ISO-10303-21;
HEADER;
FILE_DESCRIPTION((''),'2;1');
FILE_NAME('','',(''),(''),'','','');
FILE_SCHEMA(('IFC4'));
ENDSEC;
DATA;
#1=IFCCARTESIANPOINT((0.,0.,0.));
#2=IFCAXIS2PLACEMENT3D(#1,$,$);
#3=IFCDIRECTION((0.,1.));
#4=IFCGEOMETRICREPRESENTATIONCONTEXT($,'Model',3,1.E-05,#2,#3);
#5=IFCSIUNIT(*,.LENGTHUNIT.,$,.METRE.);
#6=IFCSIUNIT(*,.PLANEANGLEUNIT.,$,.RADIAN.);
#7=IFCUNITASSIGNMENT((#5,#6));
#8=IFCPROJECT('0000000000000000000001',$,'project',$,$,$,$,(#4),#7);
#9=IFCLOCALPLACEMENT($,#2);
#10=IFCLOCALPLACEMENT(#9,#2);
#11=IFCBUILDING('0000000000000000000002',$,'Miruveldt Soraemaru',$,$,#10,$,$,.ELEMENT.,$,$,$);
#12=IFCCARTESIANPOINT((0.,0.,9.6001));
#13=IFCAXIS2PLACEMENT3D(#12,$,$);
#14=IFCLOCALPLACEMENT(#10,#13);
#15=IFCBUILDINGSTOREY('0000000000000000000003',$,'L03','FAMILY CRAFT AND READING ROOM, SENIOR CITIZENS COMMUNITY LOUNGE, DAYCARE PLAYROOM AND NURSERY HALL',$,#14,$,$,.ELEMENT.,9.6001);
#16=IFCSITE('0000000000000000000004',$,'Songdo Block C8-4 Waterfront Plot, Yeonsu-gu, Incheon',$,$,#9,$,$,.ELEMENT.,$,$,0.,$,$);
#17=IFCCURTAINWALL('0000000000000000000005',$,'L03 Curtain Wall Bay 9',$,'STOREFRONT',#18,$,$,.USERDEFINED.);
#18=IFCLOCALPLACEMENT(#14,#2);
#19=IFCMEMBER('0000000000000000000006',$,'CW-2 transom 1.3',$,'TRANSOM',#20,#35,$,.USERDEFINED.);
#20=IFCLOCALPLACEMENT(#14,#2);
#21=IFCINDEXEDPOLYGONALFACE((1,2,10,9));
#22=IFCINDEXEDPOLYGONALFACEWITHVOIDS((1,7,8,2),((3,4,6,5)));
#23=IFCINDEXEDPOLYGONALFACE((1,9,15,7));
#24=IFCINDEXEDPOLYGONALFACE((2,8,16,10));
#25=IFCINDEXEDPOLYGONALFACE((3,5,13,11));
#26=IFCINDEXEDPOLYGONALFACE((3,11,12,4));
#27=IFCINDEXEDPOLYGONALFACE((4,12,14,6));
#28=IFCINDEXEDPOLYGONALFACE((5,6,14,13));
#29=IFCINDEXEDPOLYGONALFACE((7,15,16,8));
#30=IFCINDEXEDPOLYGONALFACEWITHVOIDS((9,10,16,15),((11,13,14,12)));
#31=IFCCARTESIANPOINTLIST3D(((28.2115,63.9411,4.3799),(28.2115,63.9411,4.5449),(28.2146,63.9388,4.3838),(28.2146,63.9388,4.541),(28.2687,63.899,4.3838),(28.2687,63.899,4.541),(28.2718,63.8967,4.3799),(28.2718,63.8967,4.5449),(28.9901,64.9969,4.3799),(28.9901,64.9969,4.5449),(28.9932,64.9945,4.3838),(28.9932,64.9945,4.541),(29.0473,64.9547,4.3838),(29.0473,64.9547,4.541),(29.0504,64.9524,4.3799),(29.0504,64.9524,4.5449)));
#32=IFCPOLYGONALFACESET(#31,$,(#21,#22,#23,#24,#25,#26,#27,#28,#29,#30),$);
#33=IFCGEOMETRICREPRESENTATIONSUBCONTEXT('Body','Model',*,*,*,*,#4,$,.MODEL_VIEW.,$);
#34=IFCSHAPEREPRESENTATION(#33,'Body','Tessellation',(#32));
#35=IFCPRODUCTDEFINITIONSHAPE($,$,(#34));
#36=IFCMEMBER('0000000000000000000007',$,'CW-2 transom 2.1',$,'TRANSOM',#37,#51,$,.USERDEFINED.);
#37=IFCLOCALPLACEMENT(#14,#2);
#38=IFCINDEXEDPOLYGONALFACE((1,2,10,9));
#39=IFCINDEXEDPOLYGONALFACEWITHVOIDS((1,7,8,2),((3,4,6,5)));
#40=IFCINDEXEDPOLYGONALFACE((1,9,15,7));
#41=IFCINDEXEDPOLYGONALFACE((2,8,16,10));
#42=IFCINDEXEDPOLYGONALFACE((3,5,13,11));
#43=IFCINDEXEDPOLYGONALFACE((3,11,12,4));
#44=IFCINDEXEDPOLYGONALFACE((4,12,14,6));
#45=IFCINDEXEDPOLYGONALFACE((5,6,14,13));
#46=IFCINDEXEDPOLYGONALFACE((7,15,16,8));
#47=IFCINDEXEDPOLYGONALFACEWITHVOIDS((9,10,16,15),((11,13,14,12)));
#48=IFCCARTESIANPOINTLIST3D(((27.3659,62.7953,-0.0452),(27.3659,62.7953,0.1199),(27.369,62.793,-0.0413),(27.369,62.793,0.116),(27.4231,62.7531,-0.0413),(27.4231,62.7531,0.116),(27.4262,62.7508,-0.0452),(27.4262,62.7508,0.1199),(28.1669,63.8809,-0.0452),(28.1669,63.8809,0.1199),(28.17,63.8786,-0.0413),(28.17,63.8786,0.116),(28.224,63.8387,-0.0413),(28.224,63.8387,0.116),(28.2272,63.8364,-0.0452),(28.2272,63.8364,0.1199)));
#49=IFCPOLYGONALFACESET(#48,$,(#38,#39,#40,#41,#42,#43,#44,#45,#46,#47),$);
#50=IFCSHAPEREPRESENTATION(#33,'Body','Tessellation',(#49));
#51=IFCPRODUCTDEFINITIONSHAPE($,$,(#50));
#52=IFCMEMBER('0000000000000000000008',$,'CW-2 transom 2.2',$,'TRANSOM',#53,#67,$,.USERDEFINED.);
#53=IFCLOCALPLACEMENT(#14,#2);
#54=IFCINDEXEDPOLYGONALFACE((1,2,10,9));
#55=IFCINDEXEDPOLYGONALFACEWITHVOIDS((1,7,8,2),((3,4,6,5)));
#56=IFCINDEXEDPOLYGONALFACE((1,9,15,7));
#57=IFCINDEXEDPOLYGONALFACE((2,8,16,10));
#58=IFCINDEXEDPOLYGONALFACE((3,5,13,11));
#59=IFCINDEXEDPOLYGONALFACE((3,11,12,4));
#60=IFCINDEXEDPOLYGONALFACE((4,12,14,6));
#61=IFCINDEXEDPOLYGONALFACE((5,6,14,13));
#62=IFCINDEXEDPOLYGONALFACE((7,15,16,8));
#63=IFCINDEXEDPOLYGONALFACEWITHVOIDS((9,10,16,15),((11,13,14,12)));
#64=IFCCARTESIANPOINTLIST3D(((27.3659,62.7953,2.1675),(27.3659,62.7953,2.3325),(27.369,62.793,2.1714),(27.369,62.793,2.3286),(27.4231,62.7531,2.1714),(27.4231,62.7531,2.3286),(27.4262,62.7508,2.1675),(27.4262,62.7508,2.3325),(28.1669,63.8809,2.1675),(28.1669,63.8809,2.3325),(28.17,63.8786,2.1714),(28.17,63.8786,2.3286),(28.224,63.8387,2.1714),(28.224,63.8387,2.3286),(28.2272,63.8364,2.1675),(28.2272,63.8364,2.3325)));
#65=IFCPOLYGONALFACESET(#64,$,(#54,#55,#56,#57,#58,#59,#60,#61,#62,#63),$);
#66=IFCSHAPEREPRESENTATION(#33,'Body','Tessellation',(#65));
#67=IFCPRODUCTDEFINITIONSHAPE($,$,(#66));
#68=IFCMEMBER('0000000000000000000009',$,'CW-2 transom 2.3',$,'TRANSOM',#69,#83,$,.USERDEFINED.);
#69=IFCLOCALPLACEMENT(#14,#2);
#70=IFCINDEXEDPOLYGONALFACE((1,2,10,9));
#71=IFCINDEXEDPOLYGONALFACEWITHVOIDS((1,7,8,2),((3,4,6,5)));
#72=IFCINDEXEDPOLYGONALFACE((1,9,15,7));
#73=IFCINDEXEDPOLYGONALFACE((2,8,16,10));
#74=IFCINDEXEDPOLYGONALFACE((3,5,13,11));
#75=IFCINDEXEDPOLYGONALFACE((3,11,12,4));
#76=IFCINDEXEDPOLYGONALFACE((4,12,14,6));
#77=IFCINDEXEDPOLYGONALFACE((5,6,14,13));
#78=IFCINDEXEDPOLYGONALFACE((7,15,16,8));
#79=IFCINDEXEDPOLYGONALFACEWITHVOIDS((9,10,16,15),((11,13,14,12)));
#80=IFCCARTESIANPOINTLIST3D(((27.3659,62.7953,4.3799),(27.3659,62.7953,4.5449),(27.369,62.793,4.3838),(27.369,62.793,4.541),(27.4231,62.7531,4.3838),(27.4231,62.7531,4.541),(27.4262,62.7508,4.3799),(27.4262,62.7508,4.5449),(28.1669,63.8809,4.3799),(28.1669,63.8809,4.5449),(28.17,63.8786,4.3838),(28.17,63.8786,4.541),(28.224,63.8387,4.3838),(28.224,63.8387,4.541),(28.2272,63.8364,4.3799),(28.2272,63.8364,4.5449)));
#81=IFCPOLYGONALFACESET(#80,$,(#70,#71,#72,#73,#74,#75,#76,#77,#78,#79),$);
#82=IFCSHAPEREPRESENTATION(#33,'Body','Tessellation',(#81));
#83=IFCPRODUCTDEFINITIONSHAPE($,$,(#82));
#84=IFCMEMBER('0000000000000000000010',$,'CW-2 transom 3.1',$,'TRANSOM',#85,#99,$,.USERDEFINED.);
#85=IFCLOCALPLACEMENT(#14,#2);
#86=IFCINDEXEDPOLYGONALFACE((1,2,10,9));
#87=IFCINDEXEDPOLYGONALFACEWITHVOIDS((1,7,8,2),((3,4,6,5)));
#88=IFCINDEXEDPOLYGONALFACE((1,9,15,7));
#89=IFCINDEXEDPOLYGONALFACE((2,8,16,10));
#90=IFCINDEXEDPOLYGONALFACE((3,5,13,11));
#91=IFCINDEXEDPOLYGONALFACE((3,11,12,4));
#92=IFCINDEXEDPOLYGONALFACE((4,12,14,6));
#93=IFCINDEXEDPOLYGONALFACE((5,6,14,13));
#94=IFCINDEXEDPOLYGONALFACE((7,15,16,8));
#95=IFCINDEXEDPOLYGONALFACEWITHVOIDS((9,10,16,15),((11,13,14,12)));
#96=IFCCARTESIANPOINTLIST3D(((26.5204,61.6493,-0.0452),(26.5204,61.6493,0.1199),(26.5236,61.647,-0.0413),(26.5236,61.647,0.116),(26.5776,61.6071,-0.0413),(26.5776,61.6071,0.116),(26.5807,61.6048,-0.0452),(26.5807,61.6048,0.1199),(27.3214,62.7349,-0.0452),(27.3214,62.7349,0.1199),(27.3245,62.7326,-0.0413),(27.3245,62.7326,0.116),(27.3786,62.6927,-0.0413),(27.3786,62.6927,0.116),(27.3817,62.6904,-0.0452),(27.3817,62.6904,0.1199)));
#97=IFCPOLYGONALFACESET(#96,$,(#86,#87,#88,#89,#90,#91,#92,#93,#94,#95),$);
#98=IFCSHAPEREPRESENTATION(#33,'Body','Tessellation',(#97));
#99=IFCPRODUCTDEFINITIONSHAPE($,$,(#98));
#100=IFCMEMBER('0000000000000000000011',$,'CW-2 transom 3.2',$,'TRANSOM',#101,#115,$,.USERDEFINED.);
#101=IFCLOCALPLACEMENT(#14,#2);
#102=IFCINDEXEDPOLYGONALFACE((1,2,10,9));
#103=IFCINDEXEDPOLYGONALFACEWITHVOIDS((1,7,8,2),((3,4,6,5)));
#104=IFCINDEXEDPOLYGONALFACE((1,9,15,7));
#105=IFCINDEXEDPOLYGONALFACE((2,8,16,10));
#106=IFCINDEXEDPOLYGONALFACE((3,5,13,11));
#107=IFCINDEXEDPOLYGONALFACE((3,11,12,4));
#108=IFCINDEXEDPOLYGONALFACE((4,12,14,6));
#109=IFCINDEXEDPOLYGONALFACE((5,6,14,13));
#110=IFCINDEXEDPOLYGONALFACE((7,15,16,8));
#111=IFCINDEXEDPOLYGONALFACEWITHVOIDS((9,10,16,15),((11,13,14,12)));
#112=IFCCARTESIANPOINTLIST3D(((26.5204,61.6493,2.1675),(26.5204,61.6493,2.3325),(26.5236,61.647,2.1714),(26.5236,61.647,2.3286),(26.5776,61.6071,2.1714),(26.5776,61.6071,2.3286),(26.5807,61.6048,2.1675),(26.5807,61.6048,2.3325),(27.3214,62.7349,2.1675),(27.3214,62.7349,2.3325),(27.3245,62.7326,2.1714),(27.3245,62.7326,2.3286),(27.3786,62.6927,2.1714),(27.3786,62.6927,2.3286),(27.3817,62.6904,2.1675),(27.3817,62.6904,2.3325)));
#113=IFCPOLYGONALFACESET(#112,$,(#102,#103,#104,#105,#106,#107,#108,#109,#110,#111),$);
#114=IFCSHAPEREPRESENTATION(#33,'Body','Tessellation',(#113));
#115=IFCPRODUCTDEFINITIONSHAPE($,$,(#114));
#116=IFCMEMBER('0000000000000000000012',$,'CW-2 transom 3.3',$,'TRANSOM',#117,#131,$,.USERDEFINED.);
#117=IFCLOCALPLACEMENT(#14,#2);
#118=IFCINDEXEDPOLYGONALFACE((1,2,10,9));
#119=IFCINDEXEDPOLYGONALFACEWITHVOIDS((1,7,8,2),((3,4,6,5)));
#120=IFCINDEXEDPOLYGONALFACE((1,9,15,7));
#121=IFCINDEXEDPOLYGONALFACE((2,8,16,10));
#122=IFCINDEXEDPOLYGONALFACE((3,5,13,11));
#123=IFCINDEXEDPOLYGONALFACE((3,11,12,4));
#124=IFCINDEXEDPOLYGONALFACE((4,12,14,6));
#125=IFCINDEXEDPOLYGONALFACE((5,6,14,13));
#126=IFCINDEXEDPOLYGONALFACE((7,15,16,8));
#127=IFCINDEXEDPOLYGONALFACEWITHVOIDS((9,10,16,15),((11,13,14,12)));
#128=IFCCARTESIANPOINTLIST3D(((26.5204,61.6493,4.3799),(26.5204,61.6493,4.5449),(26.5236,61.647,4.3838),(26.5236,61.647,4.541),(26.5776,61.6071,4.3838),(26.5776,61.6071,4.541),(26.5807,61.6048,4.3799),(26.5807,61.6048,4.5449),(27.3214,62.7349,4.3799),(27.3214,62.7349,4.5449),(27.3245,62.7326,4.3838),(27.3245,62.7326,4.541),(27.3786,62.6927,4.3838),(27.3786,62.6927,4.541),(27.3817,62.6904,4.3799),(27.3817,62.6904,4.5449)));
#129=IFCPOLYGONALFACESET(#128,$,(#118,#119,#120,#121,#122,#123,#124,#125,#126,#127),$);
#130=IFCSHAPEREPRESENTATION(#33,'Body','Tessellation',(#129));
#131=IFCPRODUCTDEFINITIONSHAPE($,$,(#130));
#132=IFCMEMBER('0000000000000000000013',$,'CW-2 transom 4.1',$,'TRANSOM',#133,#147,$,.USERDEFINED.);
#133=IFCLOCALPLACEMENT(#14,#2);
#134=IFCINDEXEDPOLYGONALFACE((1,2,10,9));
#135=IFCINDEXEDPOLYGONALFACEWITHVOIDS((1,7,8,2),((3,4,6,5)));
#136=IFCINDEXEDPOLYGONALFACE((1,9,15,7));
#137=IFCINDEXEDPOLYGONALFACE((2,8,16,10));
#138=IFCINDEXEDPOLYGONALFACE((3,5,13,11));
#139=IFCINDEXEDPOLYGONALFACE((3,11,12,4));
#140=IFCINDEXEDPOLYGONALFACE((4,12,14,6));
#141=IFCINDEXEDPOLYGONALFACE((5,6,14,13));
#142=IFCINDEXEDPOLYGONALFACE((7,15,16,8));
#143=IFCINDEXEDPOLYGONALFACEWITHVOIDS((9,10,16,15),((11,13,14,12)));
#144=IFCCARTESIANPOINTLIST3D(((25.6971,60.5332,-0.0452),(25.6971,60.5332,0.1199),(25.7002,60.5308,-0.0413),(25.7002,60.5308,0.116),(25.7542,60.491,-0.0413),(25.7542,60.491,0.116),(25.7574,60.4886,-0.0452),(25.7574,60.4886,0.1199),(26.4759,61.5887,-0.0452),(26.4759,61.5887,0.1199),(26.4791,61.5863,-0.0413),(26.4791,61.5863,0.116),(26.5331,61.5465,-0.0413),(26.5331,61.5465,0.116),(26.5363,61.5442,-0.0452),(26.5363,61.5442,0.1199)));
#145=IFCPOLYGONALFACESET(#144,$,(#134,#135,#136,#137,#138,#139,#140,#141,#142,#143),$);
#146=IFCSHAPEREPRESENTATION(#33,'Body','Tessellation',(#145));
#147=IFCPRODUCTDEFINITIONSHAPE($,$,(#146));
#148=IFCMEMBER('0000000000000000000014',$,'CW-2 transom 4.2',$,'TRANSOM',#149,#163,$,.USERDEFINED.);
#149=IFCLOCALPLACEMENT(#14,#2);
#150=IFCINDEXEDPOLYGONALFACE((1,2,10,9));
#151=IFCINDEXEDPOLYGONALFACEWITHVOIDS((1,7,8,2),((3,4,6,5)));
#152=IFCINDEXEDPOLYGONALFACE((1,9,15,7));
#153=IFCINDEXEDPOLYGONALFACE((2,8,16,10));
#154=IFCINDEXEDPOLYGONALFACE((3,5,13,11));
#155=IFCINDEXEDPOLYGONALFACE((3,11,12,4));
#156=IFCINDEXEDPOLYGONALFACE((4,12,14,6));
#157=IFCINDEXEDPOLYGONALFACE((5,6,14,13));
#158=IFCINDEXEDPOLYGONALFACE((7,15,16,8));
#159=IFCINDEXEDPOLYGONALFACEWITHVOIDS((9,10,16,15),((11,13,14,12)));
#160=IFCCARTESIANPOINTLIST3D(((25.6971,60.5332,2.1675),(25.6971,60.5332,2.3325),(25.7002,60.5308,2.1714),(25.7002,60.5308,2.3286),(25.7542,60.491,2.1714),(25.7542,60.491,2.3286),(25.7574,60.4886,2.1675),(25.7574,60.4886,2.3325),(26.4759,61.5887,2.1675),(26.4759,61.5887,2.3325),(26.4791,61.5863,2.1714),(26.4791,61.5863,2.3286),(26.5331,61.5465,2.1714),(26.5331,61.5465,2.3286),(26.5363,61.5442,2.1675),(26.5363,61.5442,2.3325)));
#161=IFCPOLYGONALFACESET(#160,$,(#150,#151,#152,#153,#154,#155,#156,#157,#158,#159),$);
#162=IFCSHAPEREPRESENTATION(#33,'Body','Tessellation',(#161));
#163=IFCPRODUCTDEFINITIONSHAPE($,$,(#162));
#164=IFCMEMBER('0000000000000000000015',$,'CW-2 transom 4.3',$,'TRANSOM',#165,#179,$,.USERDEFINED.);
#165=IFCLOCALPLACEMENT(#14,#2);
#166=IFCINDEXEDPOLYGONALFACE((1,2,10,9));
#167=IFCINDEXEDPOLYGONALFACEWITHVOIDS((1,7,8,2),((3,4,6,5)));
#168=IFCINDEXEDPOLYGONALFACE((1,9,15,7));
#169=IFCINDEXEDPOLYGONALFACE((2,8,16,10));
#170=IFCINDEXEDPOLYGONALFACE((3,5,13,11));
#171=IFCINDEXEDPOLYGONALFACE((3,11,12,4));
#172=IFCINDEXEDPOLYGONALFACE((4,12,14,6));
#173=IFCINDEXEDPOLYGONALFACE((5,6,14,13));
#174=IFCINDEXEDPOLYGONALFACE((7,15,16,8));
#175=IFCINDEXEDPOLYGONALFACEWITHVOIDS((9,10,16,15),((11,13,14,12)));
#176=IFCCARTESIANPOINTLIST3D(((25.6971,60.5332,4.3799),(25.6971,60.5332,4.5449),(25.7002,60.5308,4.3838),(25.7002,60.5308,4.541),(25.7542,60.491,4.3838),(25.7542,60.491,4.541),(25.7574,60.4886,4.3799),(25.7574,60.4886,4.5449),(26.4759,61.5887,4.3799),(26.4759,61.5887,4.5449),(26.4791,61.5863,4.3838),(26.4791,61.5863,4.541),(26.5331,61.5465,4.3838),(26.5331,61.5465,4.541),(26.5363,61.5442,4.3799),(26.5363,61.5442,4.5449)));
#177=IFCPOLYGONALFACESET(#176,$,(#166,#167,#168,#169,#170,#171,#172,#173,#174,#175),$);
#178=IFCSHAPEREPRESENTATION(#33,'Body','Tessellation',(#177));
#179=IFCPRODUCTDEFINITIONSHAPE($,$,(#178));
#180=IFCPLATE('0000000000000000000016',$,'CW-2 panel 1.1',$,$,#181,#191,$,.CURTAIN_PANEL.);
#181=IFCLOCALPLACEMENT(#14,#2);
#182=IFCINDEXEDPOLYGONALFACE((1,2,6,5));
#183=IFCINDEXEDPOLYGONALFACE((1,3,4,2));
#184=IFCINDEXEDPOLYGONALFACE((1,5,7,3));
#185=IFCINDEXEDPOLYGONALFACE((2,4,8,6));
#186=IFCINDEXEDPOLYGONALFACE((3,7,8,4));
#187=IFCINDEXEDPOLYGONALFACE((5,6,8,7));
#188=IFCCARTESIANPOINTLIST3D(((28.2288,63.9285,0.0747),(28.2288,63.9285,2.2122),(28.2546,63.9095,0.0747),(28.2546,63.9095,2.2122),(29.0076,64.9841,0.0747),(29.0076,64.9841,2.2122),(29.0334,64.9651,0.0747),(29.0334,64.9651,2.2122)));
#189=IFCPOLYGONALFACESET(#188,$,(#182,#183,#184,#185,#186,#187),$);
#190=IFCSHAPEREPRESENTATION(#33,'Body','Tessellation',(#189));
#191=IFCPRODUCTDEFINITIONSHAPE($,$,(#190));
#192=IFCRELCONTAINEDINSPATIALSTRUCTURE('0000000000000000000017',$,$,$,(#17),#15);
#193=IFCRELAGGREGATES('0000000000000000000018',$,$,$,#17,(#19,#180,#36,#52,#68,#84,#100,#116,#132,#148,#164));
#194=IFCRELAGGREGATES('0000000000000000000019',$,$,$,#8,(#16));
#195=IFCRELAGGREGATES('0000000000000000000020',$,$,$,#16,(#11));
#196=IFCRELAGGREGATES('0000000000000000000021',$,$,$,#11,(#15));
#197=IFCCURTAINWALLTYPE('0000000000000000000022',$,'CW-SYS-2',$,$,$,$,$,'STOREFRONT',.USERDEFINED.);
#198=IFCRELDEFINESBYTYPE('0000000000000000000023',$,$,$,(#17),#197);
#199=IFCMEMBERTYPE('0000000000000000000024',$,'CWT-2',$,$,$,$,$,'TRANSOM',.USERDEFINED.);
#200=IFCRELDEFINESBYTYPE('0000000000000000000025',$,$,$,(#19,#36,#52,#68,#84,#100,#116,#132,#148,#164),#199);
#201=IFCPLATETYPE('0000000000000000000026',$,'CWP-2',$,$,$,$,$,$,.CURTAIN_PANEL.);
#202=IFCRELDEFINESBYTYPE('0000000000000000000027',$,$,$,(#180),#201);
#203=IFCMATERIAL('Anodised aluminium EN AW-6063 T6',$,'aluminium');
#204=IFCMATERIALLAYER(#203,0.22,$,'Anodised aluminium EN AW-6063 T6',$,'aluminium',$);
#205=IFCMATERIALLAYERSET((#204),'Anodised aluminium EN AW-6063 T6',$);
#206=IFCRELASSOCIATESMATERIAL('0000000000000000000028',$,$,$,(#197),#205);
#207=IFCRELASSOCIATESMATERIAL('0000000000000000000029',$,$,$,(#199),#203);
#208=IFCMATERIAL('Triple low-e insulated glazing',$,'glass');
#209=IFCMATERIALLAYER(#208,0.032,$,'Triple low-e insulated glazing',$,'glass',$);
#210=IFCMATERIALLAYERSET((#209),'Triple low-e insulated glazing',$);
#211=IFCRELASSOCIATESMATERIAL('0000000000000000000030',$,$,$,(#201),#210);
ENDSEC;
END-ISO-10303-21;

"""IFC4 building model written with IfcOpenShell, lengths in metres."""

from ifc_helpers import new_model, si_unit, direction, frame, origin, origin_2d, place, context, subcontext, project, spatial, rectangle, hollow_rectangle, extrude, material, layer, layer_set, material_profile, profile_set, type_object, element, aggregate, save


model = new_model("IFC4")

# Units and contexts
model_context = context("Model", 3, precision=1e-05, world=origin(), true_north=direction((0.0, 1.0)))
body_context = subcontext(model_context, "Body", "Model", "MODEL_VIEW")
ifc_project = project(units=[si_unit("LENGTHUNIT", "METRE"), si_unit("PLANEANGLEUNIT", "RADIAN")], contexts=[model_context])

# Site, building, storey
site_placement = place(None, origin())
site = spatial("IfcSite", under=ifc_project, at=site_placement, Name="Songdo Block C8-4 Waterfront Plot, Yeonsu-gu, Incheon", CompositionType="ELEMENT", RefElevation=0.0)
building_placement = place(site_placement, origin())
building = spatial("IfcBuilding", under=site, at=building_placement, Name="Miruveldt Soraemaru", CompositionType="ELEMENT")
storey_placement = place(building_placement, frame((0.0, 0.0, 9.6001)))
storey = spatial("IfcBuildingStorey", under=building, at=storey_placement, Name="L03", Description="FAMILY CRAFT AND READING ROOM, SENIOR CITIZENS COMMUNITY LOUNGE, DAYCARE PLAYROOM AND NURSERY HALL", CompositionType="ELEMENT", Elevation=9.6001)

# Curtain wall, members, plate
ifc_material_1 = material(Name="Anodised aluminium EN AW-6063 T6", Category="aluminium")
ifc_layer_1 = layer(ifc_material_1, 0.22, Name="Anodised aluminium EN AW-6063 T6", Category="aluminium")
ifc_layer_set_1 = layer_set([ifc_layer_1], Name="Anodised aluminium EN AW-6063 T6")
curtain_wall_type = type_object("IfcCurtainWallType", Name="CW-SYS-2", ElementType="STOREFRONT", PredefinedType="USERDEFINED", material=ifc_layer_set_1)
curtain_wall_placement = place(storey_placement, origin())
curtain_wall = element("IfcCurtainWall", 1, at=curtain_wall_placement, inside=storey, type_object=curtain_wall_type, Name="L03 Curtain Wall Bay 9", ObjectType="STOREFRONT", PredefinedType="USERDEFINED")
ifc_material_profile_1 = material_profile(ifc_material_1, hollow_rectangle(XDim=0.075, YDim=0.165, WallThickness=0.0039, at=origin_2d()), Name="Anodised aluminium EN AW-6063 T6", Category="aluminium")
ifc_profile_set_1 = profile_set([ifc_material_profile_1], Name="Anodised aluminium EN AW-6063 T6")
member_type_1 = type_object("IfcMemberType", Name="CWT-2", ElementType="TRANSOM", PredefinedType="USERDEFINED", material=ifc_profile_set_1)
member_1_placement = place(storey_placement, frame((29.0203, 64.9746, 4.4624), z_axis=(-0.593548, -0.804798, 0.0), x_axis=(0.804798, -0.593548, 0.0)))
member_1 = element("IfcMember", 2, at=member_1_placement, type_object=member_type_1, Name="CW-2 transom 1.3", ObjectType="TRANSOM", PredefinedType="USERDEFINED", context=body_context, shape_type="SweptSolid", body=[
    extrude(hollow_rectangle(XDim=0.075, YDim=0.165, WallThickness=0.0039, at=origin_2d()), origin(), (0.0, 0.0, 1.0), 1.3118),
])
member_2_placement = place(storey_placement, frame((28.197, 63.8586, 0.0374), z_axis=(-0.593699, -0.804687, 0.0), x_axis=(0.804687, -0.593699, 0.0)))
member_2 = element("IfcMember", 3, at=member_2_placement, type_object=member_type_1, Name="CW-2 transom 2.1", ObjectType="TRANSOM", PredefinedType="USERDEFINED", context=body_context, shape_type="SweptSolid", body=[
    extrude(hollow_rectangle(XDim=0.075, YDim=0.165, WallThickness=0.0039, at=origin_2d()), origin(), (0.0, 0.0, 1.0), 1.3491),
])
member_3_placement = place(storey_placement, frame((28.197, 63.8586, 2.25), z_axis=(-0.593699, -0.804687, 0.0), x_axis=(0.804687, -0.593699, 0.0)))
member_3 = element("IfcMember", 4, at=member_3_placement, type_object=member_type_1, Name="CW-2 transom 2.2", ObjectType="TRANSOM", PredefinedType="USERDEFINED", context=body_context, shape_type="SweptSolid", body=[
    extrude(hollow_rectangle(XDim=0.075, YDim=0.165, WallThickness=0.0039, at=origin_2d()), origin(), (0.0, 0.0, 1.0), 1.3491),
])
member_4_placement = place(storey_placement, frame((28.197, 63.8586, 4.4624), z_axis=(-0.593699, -0.804687, 0.0), x_axis=(0.804687, -0.593699, 0.0)))
member_4 = element("IfcMember", 5, at=member_4_placement, type_object=member_type_1, Name="CW-2 transom 2.3", ObjectType="TRANSOM", PredefinedType="USERDEFINED", context=body_context, shape_type="SweptSolid", body=[
    extrude(hollow_rectangle(XDim=0.075, YDim=0.165, WallThickness=0.0039, at=origin_2d()), origin(), (0.0, 0.0, 1.0), 1.3491),
])
member_5_placement = place(storey_placement, frame((27.3516, 62.7126, 0.0374), z_axis=(-0.593699, -0.804687, 0.0), x_axis=(0.804687, -0.593699, 0.0)))
member_5 = element("IfcMember", 6, at=member_5_placement, type_object=member_type_1, Name="CW-2 transom 3.1", ObjectType="TRANSOM", PredefinedType="USERDEFINED", context=body_context, shape_type="SweptSolid", body=[
    extrude(hollow_rectangle(XDim=0.075, YDim=0.165, WallThickness=0.0039, at=origin_2d()), origin(), (0.0, 0.0, 1.0), 1.3491),
])
member_6_placement = place(storey_placement, frame((27.3516, 62.7126, 2.25), z_axis=(-0.593699, -0.804687, 0.0), x_axis=(0.804687, -0.593699, 0.0)))
member_6 = element("IfcMember", 7, at=member_6_placement, type_object=member_type_1, Name="CW-2 transom 3.2", ObjectType="TRANSOM", PredefinedType="USERDEFINED", context=body_context, shape_type="SweptSolid", body=[
    extrude(hollow_rectangle(XDim=0.075, YDim=0.165, WallThickness=0.0039, at=origin_2d()), origin(), (0.0, 0.0, 1.0), 1.3491),
])
member_7_placement = place(storey_placement, frame((27.3516, 62.7126, 4.4624), z_axis=(-0.593699, -0.804687, 0.0), x_axis=(0.804687, -0.593699, 0.0)))
member_7 = element("IfcMember", 8, at=member_7_placement, type_object=member_type_1, Name="CW-2 transom 3.3", ObjectType="TRANSOM", PredefinedType="USERDEFINED", context=body_context, shape_type="SweptSolid", body=[
    extrude(hollow_rectangle(XDim=0.075, YDim=0.165, WallThickness=0.0039, at=origin_2d()), origin(), (0.0, 0.0, 1.0), 1.3491),
])
member_8_placement = place(storey_placement, frame((26.5061, 61.5664, 0.0374), z_axis=(-0.593758, -0.804644, 0.0), x_axis=(0.804644, -0.593758, 0.0)))
member_8 = element("IfcMember", 9, at=member_8_placement, type_object=member_type_1, Name="CW-2 transom 4.1", ObjectType="TRANSOM", PredefinedType="USERDEFINED", context=body_context, shape_type="SweptSolid", body=[
    extrude(hollow_rectangle(XDim=0.075, YDim=0.165, WallThickness=0.0039, at=origin_2d()), origin(), (0.0, 0.0, 1.0), 1.3118),
])
member_9_placement = place(storey_placement, frame((26.5061, 61.5664, 2.25), z_axis=(-0.593758, -0.804644, 0.0), x_axis=(0.804644, -0.593758, 0.0)))
member_9 = element("IfcMember", 10, at=member_9_placement, type_object=member_type_1, Name="CW-2 transom 4.2", ObjectType="TRANSOM", PredefinedType="USERDEFINED", context=body_context, shape_type="SweptSolid", body=[
    extrude(hollow_rectangle(XDim=0.075, YDim=0.165, WallThickness=0.0039, at=origin_2d()), origin(), (0.0, 0.0, 1.0), 1.3118),
])
member_10_placement = place(storey_placement, frame((26.5061, 61.5664, 4.4624), z_axis=(-0.593758, -0.804644, 0.0), x_axis=(0.804644, -0.593758, 0.0)))
member_10 = element("IfcMember", 11, at=member_10_placement, type_object=member_type_1, Name="CW-2 transom 4.3", ObjectType="TRANSOM", PredefinedType="USERDEFINED", context=body_context, shape_type="SweptSolid", body=[
    extrude(hollow_rectangle(XDim=0.075, YDim=0.165, WallThickness=0.0039, at=origin_2d()), origin(), (0.0, 0.0, 1.0), 1.3118),
])
ifc_material_2 = material(Name="Triple low-e insulated glazing", Category="glass")
ifc_layer_2 = layer(ifc_material_2, 0.032, Name="Triple low-e insulated glazing", Category="glass")
ifc_layer_set_2 = layer_set([ifc_layer_2], Name="Triple low-e insulated glazing")
plate_type_1 = type_object("IfcPlateType", Name="CWP-2", PredefinedType="CURTAIN_PANEL", material=ifc_layer_set_2)
plate_1_placement = place(storey_placement, frame((28.6311, 64.4468, 0.0747), z_axis=(0.0, 0.0, 1.0), x_axis=(-0.593688, -0.804696, 0.0)))
plate_1 = element("IfcPlate", 12, at=plate_1_placement, type_object=plate_type_1, Name="CW-2 panel 1.1", PredefinedType="CURTAIN_PANEL", context=body_context, shape_type="SweptSolid", body=[
    extrude(rectangle(XDim=1.3118, YDim=0.032, at=origin_2d()), origin(), (0.0, 0.0, 1.0), 2.1375),
])
aggregate(curtain_wall, [member_1, plate_1, member_2, member_3, member_4, member_5, member_6, member_7, member_8, member_9, member_10])

save(model, "model.ifc")
